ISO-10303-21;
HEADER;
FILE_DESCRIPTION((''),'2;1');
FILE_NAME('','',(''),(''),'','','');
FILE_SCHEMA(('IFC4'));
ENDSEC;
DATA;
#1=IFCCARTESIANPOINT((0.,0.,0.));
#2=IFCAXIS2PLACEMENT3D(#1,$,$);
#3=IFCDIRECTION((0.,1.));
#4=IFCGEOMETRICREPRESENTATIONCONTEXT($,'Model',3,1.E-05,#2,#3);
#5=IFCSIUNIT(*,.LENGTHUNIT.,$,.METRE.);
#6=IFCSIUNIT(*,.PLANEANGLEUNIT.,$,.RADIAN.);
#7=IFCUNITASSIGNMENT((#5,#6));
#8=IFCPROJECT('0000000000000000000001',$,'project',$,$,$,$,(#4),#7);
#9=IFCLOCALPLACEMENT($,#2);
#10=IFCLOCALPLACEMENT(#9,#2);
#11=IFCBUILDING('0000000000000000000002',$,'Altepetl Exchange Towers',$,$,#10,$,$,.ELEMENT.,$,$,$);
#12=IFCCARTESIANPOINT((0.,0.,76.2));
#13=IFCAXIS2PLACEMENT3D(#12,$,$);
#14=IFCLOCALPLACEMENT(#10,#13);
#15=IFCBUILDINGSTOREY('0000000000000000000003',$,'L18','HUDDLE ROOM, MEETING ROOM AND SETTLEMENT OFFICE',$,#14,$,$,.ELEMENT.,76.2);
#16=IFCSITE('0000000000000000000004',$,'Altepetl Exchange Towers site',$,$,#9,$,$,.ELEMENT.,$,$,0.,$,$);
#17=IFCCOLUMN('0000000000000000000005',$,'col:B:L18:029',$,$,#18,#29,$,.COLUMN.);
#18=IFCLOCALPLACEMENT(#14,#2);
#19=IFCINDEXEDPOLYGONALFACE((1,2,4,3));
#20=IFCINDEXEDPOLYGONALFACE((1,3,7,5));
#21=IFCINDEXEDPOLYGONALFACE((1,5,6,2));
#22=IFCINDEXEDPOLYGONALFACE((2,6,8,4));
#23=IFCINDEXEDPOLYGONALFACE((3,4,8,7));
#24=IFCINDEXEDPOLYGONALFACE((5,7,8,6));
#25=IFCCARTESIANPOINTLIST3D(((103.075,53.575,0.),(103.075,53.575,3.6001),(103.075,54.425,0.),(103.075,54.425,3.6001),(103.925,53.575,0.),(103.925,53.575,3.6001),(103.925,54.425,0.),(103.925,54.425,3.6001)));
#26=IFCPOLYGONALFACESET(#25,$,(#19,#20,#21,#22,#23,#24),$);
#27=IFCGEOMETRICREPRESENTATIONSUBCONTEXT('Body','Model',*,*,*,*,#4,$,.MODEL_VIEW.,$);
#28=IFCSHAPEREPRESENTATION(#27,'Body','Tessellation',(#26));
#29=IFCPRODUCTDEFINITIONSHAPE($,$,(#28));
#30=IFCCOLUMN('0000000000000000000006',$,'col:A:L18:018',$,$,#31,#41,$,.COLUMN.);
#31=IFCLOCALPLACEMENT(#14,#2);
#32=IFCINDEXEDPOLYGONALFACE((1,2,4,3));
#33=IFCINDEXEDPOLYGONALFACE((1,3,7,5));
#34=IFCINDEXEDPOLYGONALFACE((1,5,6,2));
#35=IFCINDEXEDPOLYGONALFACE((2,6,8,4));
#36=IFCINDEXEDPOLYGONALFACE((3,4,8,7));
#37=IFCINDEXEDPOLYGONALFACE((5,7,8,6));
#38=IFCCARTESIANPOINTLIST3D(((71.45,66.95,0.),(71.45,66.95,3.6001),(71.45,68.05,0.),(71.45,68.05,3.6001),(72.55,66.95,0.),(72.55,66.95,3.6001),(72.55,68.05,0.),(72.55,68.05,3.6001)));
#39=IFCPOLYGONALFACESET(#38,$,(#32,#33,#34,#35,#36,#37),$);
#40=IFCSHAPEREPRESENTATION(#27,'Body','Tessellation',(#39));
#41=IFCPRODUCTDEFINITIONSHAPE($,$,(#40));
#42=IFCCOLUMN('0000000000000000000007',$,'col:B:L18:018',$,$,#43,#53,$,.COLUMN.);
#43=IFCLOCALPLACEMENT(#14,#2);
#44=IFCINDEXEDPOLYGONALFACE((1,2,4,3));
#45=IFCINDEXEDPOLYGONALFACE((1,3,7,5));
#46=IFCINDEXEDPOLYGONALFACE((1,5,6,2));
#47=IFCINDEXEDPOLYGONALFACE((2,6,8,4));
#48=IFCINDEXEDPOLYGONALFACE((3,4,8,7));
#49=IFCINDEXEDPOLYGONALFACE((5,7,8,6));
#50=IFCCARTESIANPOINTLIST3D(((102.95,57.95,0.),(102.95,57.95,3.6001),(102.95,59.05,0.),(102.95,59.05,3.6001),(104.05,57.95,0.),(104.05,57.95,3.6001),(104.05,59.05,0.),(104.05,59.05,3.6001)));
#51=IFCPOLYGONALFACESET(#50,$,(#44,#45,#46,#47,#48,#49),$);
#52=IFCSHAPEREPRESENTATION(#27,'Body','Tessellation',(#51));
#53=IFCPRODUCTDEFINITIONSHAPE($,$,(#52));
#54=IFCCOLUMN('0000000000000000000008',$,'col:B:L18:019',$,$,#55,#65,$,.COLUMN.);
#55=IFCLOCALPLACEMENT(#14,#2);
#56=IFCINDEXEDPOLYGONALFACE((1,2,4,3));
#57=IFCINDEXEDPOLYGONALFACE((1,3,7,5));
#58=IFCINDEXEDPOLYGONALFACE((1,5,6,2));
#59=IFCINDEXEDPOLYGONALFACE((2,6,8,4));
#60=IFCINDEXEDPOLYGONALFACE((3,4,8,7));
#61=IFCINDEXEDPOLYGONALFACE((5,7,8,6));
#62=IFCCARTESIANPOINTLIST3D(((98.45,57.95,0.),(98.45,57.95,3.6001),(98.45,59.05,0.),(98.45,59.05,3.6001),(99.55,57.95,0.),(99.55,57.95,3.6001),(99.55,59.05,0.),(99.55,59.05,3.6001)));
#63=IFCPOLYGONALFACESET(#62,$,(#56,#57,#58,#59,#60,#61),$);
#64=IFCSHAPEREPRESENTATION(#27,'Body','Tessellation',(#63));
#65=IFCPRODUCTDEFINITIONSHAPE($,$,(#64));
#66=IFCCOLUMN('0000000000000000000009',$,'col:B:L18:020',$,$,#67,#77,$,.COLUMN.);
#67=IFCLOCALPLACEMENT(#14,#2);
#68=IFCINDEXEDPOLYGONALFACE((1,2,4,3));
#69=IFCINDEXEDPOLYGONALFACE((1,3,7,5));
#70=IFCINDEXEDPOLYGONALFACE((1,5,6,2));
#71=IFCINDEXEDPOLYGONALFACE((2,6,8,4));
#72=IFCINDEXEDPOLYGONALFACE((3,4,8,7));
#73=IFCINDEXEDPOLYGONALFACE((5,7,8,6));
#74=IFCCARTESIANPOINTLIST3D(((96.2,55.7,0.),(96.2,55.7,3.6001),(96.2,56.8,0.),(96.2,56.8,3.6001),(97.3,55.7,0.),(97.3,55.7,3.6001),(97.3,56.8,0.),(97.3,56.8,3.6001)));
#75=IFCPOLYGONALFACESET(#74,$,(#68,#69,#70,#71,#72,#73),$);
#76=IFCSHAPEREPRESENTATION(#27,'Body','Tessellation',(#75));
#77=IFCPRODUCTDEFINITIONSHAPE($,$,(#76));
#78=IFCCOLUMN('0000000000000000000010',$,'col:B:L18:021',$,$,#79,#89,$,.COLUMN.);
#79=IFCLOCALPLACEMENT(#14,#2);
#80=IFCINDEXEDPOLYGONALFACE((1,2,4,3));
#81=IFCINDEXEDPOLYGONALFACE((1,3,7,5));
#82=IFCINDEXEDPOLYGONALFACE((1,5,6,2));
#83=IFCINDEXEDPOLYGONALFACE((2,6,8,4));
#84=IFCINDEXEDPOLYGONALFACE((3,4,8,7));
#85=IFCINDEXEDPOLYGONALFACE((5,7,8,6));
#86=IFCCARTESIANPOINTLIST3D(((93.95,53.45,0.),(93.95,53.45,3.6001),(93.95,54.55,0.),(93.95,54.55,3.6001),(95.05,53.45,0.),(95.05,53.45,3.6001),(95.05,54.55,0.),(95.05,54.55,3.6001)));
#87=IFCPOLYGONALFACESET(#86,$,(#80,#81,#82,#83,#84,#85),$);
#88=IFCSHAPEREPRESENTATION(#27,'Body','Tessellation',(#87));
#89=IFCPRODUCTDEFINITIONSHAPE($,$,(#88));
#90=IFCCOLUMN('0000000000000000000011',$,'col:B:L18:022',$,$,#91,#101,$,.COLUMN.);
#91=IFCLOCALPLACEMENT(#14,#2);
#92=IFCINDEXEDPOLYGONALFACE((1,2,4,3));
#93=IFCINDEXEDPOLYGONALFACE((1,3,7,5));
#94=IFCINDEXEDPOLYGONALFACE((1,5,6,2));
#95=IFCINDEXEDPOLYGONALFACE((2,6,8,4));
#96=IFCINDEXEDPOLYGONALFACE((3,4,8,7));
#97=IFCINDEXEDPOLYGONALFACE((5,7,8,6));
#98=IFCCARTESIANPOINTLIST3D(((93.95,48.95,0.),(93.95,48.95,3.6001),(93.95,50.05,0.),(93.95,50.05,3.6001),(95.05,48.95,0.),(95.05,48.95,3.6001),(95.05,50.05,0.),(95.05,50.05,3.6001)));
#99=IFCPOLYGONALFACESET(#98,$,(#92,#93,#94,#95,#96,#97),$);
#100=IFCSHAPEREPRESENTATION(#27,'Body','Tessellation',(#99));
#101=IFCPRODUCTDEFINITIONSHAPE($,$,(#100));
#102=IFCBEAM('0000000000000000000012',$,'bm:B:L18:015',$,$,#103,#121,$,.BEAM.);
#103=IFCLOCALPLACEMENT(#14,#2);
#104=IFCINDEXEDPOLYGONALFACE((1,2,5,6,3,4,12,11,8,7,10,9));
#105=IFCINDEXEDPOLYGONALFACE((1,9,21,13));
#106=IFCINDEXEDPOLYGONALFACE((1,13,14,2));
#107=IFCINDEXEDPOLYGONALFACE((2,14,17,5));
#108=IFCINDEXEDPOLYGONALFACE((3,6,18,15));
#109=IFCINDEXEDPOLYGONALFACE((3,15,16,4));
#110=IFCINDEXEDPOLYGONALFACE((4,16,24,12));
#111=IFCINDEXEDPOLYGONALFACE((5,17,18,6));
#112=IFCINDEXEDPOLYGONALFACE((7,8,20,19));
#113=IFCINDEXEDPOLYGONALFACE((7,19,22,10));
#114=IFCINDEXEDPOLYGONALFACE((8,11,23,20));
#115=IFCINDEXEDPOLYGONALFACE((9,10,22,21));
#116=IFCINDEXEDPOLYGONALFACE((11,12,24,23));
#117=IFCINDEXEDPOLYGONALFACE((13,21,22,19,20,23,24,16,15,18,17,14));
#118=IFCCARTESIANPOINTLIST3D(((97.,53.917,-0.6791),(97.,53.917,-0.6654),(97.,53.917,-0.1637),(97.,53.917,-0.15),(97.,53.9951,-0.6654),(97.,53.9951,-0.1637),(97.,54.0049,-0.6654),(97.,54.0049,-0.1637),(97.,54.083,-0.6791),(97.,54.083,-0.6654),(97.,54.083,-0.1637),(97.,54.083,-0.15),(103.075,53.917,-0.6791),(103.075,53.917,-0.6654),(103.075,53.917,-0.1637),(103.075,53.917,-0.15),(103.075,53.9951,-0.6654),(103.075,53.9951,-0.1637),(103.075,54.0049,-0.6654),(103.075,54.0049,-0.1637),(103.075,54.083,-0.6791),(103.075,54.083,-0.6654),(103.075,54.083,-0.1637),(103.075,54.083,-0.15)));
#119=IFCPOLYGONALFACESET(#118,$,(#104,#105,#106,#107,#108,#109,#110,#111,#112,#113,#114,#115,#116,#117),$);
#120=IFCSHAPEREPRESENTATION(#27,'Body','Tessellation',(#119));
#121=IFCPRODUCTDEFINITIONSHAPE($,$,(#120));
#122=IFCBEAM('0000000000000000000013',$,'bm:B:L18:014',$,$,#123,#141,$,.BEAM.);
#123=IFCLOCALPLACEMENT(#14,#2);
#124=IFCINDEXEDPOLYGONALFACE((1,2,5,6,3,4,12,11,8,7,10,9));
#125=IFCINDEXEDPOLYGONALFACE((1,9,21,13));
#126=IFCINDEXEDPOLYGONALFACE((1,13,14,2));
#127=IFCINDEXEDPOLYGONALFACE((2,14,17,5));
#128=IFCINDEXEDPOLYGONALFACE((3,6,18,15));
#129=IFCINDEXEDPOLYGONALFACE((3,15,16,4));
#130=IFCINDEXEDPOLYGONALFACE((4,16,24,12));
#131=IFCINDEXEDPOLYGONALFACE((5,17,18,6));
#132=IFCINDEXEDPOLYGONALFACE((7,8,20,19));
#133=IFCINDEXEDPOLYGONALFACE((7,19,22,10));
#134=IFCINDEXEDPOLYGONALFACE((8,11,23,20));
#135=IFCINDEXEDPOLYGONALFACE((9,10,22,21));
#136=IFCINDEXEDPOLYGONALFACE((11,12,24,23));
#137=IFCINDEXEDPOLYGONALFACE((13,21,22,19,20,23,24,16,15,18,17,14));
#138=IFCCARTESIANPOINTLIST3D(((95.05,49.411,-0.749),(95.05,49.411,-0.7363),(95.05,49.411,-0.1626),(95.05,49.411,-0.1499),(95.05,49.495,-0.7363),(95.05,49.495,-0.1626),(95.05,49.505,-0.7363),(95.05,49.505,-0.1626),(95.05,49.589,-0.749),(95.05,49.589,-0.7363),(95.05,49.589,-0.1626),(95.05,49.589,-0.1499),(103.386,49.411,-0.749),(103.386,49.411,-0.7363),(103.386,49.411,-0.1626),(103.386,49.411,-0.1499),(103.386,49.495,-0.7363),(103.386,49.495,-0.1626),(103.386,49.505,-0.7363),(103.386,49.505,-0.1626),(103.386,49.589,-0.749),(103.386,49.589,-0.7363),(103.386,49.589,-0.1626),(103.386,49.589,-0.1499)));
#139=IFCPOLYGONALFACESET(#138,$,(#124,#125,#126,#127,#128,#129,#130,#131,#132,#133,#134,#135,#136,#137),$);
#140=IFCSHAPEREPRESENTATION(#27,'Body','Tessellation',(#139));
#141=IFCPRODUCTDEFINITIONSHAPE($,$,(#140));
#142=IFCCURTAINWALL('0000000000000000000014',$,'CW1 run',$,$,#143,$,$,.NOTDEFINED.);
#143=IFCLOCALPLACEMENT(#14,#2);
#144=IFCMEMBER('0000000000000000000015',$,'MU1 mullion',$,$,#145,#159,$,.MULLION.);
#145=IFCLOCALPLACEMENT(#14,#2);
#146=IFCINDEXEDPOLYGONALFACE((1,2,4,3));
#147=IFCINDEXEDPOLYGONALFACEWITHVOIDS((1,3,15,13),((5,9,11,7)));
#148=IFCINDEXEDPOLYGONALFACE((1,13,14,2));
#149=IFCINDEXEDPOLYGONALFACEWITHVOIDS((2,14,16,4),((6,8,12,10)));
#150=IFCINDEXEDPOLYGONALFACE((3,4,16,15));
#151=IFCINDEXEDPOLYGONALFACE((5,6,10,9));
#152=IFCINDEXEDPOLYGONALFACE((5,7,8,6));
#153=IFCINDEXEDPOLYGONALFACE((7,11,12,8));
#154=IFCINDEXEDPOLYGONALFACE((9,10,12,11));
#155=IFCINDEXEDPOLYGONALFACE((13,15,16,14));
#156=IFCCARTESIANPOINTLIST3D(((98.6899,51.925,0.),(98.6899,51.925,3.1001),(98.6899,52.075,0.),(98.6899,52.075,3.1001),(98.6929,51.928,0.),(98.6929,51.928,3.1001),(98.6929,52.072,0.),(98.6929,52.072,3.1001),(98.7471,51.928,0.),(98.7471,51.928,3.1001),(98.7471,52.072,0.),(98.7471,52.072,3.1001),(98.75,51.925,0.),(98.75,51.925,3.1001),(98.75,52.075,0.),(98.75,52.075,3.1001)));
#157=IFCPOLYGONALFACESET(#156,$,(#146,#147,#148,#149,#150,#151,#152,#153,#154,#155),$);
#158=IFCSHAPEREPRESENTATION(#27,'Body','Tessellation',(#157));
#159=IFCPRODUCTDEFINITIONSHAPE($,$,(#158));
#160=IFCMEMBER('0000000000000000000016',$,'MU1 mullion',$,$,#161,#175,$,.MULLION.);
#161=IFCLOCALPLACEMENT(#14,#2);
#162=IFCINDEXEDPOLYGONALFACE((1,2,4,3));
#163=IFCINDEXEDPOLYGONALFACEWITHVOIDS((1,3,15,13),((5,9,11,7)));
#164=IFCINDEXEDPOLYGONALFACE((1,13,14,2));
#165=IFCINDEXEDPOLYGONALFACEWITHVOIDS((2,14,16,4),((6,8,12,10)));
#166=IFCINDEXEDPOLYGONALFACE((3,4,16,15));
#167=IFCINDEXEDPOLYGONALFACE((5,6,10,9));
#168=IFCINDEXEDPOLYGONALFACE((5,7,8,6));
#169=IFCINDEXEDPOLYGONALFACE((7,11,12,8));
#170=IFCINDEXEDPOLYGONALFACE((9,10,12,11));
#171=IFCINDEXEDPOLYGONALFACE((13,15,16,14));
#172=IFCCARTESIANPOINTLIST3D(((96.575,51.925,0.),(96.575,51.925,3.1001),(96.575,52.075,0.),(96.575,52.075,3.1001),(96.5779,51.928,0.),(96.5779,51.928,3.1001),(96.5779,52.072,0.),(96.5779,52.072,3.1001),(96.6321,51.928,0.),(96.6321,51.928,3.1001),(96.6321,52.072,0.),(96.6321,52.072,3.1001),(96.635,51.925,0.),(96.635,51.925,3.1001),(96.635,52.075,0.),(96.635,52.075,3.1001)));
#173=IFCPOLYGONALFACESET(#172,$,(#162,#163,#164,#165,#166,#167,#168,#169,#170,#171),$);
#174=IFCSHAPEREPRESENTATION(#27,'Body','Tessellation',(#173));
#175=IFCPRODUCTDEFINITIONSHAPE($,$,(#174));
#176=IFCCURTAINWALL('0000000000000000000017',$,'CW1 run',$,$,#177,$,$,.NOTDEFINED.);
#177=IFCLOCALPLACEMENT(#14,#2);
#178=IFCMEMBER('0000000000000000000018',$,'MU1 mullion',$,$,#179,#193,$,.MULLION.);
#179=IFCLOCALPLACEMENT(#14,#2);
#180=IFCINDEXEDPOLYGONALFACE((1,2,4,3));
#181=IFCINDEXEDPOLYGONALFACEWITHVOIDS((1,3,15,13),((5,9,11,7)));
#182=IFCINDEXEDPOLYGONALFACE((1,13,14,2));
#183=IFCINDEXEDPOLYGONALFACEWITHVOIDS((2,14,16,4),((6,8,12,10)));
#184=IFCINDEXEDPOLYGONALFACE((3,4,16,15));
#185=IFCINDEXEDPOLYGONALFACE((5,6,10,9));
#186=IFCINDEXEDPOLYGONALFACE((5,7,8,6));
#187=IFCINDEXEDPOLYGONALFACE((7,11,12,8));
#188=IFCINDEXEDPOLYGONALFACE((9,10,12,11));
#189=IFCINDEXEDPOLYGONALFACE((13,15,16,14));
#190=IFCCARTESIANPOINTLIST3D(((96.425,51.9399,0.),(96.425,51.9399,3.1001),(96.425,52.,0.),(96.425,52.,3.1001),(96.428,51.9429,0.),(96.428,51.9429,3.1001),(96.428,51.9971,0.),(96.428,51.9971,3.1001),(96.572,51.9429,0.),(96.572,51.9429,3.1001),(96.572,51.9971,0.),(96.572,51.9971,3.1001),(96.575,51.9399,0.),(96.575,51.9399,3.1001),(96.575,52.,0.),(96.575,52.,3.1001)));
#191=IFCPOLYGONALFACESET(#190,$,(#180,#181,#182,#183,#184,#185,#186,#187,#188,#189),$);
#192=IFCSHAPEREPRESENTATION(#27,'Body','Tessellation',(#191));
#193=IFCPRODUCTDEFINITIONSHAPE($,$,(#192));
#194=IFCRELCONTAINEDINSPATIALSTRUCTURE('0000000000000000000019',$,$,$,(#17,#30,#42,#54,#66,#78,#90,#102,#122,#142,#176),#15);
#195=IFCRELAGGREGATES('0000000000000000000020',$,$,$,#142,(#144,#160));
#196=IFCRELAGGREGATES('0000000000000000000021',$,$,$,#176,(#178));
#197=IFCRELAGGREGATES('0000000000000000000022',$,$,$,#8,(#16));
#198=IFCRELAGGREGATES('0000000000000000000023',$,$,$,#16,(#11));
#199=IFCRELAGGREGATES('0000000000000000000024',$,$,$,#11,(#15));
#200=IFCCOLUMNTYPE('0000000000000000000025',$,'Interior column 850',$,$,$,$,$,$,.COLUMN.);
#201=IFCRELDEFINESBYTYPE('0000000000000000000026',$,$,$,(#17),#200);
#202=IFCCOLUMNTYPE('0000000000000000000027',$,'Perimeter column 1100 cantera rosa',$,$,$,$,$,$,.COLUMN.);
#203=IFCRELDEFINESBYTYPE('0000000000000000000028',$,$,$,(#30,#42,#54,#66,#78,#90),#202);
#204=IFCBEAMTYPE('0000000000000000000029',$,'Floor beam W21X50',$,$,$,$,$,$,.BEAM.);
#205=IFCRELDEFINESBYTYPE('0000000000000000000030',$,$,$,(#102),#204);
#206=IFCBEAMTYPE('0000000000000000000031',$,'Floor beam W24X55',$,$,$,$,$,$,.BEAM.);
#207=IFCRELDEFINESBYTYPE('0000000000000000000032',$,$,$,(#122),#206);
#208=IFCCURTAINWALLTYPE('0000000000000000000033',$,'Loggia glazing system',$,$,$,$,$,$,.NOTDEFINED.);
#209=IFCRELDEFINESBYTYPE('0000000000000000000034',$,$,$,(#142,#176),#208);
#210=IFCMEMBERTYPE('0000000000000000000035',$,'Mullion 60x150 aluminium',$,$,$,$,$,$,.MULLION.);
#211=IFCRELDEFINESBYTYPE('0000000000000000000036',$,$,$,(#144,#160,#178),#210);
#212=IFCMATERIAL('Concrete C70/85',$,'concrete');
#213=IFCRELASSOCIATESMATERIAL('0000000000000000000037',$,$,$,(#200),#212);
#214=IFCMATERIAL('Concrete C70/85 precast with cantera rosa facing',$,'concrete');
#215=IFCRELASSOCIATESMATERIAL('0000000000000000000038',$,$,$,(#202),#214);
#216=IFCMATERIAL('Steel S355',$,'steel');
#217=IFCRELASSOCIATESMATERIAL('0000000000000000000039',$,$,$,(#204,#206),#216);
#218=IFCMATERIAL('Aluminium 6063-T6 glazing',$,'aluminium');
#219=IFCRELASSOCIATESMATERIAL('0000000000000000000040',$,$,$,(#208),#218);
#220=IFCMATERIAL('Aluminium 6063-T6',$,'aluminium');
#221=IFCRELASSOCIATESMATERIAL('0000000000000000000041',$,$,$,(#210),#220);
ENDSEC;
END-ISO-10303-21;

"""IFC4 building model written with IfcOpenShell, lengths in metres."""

from ifc_helpers import new_model, si_unit, direction, frame, origin, origin_2d, place, context, subcontext, project, spatial, rectangle, hollow_rectangle, i_section, extrude, material, material_profile, profile_set, type_object, element, aggregate, save


model = new_model("IFC4")

# Units and contexts
model_context = context("Model", 3, precision=1e-05, world=origin(), true_north=direction((0.0, 1.0)))
body_context = subcontext(model_context, "Body", "Model", "MODEL_VIEW")
ifc_project = project(units=[si_unit("LENGTHUNIT", "METRE"), si_unit("PLANEANGLEUNIT", "RADIAN")], contexts=[model_context])

# Site, building, storey
site_placement = place(None, origin())
site = spatial("IfcSite", under=ifc_project, at=site_placement, Name="Altepetl Exchange Towers site", CompositionType="ELEMENT", RefElevation=0.0)
building_placement = place(site_placement, origin())
building = spatial("IfcBuilding", under=site, at=building_placement, Name="Altepetl Exchange Towers", CompositionType="ELEMENT")
storey_placement = place(building_placement, frame((0.0, 0.0, 76.2)))
storey = spatial("IfcBuildingStorey", under=building, at=storey_placement, Name="L18", Description="HUDDLE ROOM, MEETING ROOM AND SETTLEMENT OFFICE", CompositionType="ELEMENT", Elevation=76.2)

# Columns
ifc_material_1 = material(Name="Concrete C70/85", Category="concrete")
ifc_material_profile_1 = material_profile(ifc_material_1, rectangle(XDim=0.8501, YDim=0.8501, at=origin_2d()), Name="850 x 850")
ifc_profile_set_1 = profile_set([ifc_material_profile_1], Name="Concrete C70/85")
column_type_1 = type_object("IfcColumnType", Name="Interior column 850", PredefinedType="COLUMN", material=ifc_profile_set_1)
column_placement = place(storey_placement, frame((103.5, 54.0, 0.0)))
element("IfcColumn", 1, at=column_placement, inside=storey, type_object=column_type_1, Name="col:B:L18:029", PredefinedType="COLUMN", context=body_context, shape_type="SweptSolid", body=[
    extrude(rectangle(XDim=0.8501, YDim=0.8501, at=origin_2d()), origin(), (0.0, 0.0, 1.0), 3.6001),
])
ifc_material_2 = material(Name="Concrete C70/85 precast with cantera rosa facing", Category="concrete")
ifc_material_profile_2 = material_profile(ifc_material_2, rectangle(XDim=1.1001, YDim=1.1001, at=origin_2d()), Name="1100 x 1100")
ifc_profile_set_2 = profile_set([ifc_material_profile_2], Name="Concrete C70/85 precast with cantera rosa facing")
column_type_2 = type_object("IfcColumnType", Name="Perimeter column 1100 cantera rosa", PredefinedType="COLUMN", material=ifc_profile_set_2)
for number, where, name in (
    (2, (72.0, 67.5, 0.0), "col:A:L18:018"),
    (3, (103.5, 58.5, 0.0), "col:B:L18:018"),
    (4, (99.0, 58.5, 0.0), "col:B:L18:019"),
    (5, (96.75, 56.25, 0.0), "col:B:L18:020"),
    (6, (94.5, 54.0, 0.0), "col:B:L18:021"),
    (7, (94.5, 49.5, 0.0), "col:B:L18:022"),
):
    element("IfcColumn", number, at=place(storey_placement, frame(where)), inside=storey, type_object=column_type_2, Name=name, PredefinedType="COLUMN", context=body_context, shape_type="SweptSolid", body=[
        extrude(rectangle(XDim=1.1001, YDim=1.1001, at=origin_2d()), origin(), (0.0, 0.0, 1.0), 3.6001),
    ])

# Beams
ifc_material_3 = material(Name="Steel S355", Category="steel")
ifc_material_profile_3 = material_profile(ifc_material_3, i_section(OverallWidth=0.166, OverallDepth=0.5291, WebThickness=0.0098, FlangeThickness=0.0137, at=origin_2d()), Name="W21X50")
ifc_profile_set_3 = profile_set([ifc_material_profile_3], Name="Steel S355")
beam_type_1 = type_object("IfcBeamType", Name="Floor beam W21X50", PredefinedType="BEAM", material=ifc_profile_set_3)
beam_1_placement = place(storey_placement, frame((97.0, 54.0, -0.4146), z_axis=(1.0, 0.0, 0.0), x_axis=(0.0, 1.0, 0.0)))
element("IfcBeam", 8, at=beam_1_placement, inside=storey, type_object=beam_type_1, Name="bm:B:L18:015", PredefinedType="BEAM", context=body_context, shape_type="SweptSolid", body=[
    extrude(i_section(OverallWidth=0.166, OverallDepth=0.5291, WebThickness=0.0098, FlangeThickness=0.0137, at=origin_2d()), origin(), (0.0, 0.0, 1.0), 6.075),
])
ifc_material_profile_4 = material_profile(ifc_material_3, i_section(OverallWidth=0.178, OverallDepth=0.5991, WebThickness=0.01, FlangeThickness=0.0127, at=origin_2d()), Name="W24X55")
ifc_profile_set_4 = profile_set([ifc_material_profile_4], Name="Steel S355")
beam_type_2 = type_object("IfcBeamType", Name="Floor beam W24X55", PredefinedType="BEAM", material=ifc_profile_set_4)
beam_2_placement = place(storey_placement, frame((95.05, 49.5, -0.4495), z_axis=(1.0, 0.0, 0.0), x_axis=(0.0, 1.0, 0.0)))
element("IfcBeam", 9, at=beam_2_placement, inside=storey, type_object=beam_type_2, Name="bm:B:L18:014", PredefinedType="BEAM", context=body_context, shape_type="SweptSolid", body=[
    extrude(i_section(OverallWidth=0.178, OverallDepth=0.5991, WebThickness=0.01, FlangeThickness=0.0127, at=origin_2d()), origin(), (0.0, 0.0, 1.0), 8.3359),
])

# Curtain walls, members
ifc_material_4 = material(Name="Aluminium 6063-T6 glazing", Category="aluminium")
curtain_wall_type = type_object("IfcCurtainWallType", Name="Loggia glazing system", PredefinedType="NOTDEFINED", material=ifc_material_4)
curtain_wall_1_placement = place(storey_placement, origin())
curtain_wall_1 = element("IfcCurtainWall", 10, at=curtain_wall_1_placement, inside=storey, type_object=curtain_wall_type, Name="CW1 run", PredefinedType="NOTDEFINED")
ifc_material_5 = material(Name="Aluminium 6063-T6", Category="aluminium")
ifc_material_profile_5 = material_profile(ifc_material_5, hollow_rectangle(XDim=0.0601, YDim=0.1499, WallThickness=0.0029, at=origin_2d()), Name="Mullion 60x150 aluminium")
ifc_profile_set_5 = profile_set([ifc_material_profile_5], Name="Aluminium 6063-T6")
member_type = type_object("IfcMemberType", Name="Mullion 60x150 aluminium", PredefinedType="MULLION", material=ifc_profile_set_5)
member_1_placement = place(storey_placement, frame((98.72, 52.0, 0.0), z_axis=(0.0, 0.0, 1.0), x_axis=(-1.0, 0.0, 0.0)))
member_1 = element("IfcMember", 11, at=member_1_placement, type_object=member_type, Name="MU1 mullion", PredefinedType="MULLION", context=body_context, shape_type="SweptSolid", body=[
    extrude(hollow_rectangle(XDim=0.0601, YDim=0.1499, WallThickness=0.0029, at=origin_2d()), origin(), (0.0, 0.0, 1.0), 3.1001),
])
member_2_placement = place(storey_placement, frame((96.605, 52.0, 0.0), z_axis=(0.0, 0.0, 1.0), x_axis=(-1.0, 0.0, 0.0)))
member_2 = element("IfcMember", 12, at=member_2_placement, type_object=member_type, Name="MU1 mullion", PredefinedType="MULLION", context=body_context, shape_type="SweptSolid", body=[
    extrude(hollow_rectangle(XDim=0.0601, YDim=0.1499, WallThickness=0.0029, at=origin_2d()), origin(), (0.0, 0.0, 1.0), 3.1001),
])
curtain_wall_2_placement = place(storey_placement, origin())
curtain_wall_2 = element("IfcCurtainWall", 13, at=curtain_wall_2_placement, inside=storey, type_object=curtain_wall_type, Name="CW1 run", PredefinedType="NOTDEFINED")
member_3_placement = place(storey_placement, frame((96.5, 51.97, 0.0), z_axis=(0.0, 0.0, 1.0), x_axis=(0.0, -1.0, 0.0)))
member_3 = element("IfcMember", 14, at=member_3_placement, type_object=member_type, Name="MU1 mullion", PredefinedType="MULLION", context=body_context, shape_type="SweptSolid", body=[
    extrude(hollow_rectangle(XDim=0.0601, YDim=0.1499, WallThickness=0.0029, at=origin_2d()), origin(), (0.0, 0.0, 1.0), 3.1001),
])

aggregate(curtain_wall_1, [member_1, member_2])
aggregate(curtain_wall_2, [member_3])

save(model, "model.ifc")
